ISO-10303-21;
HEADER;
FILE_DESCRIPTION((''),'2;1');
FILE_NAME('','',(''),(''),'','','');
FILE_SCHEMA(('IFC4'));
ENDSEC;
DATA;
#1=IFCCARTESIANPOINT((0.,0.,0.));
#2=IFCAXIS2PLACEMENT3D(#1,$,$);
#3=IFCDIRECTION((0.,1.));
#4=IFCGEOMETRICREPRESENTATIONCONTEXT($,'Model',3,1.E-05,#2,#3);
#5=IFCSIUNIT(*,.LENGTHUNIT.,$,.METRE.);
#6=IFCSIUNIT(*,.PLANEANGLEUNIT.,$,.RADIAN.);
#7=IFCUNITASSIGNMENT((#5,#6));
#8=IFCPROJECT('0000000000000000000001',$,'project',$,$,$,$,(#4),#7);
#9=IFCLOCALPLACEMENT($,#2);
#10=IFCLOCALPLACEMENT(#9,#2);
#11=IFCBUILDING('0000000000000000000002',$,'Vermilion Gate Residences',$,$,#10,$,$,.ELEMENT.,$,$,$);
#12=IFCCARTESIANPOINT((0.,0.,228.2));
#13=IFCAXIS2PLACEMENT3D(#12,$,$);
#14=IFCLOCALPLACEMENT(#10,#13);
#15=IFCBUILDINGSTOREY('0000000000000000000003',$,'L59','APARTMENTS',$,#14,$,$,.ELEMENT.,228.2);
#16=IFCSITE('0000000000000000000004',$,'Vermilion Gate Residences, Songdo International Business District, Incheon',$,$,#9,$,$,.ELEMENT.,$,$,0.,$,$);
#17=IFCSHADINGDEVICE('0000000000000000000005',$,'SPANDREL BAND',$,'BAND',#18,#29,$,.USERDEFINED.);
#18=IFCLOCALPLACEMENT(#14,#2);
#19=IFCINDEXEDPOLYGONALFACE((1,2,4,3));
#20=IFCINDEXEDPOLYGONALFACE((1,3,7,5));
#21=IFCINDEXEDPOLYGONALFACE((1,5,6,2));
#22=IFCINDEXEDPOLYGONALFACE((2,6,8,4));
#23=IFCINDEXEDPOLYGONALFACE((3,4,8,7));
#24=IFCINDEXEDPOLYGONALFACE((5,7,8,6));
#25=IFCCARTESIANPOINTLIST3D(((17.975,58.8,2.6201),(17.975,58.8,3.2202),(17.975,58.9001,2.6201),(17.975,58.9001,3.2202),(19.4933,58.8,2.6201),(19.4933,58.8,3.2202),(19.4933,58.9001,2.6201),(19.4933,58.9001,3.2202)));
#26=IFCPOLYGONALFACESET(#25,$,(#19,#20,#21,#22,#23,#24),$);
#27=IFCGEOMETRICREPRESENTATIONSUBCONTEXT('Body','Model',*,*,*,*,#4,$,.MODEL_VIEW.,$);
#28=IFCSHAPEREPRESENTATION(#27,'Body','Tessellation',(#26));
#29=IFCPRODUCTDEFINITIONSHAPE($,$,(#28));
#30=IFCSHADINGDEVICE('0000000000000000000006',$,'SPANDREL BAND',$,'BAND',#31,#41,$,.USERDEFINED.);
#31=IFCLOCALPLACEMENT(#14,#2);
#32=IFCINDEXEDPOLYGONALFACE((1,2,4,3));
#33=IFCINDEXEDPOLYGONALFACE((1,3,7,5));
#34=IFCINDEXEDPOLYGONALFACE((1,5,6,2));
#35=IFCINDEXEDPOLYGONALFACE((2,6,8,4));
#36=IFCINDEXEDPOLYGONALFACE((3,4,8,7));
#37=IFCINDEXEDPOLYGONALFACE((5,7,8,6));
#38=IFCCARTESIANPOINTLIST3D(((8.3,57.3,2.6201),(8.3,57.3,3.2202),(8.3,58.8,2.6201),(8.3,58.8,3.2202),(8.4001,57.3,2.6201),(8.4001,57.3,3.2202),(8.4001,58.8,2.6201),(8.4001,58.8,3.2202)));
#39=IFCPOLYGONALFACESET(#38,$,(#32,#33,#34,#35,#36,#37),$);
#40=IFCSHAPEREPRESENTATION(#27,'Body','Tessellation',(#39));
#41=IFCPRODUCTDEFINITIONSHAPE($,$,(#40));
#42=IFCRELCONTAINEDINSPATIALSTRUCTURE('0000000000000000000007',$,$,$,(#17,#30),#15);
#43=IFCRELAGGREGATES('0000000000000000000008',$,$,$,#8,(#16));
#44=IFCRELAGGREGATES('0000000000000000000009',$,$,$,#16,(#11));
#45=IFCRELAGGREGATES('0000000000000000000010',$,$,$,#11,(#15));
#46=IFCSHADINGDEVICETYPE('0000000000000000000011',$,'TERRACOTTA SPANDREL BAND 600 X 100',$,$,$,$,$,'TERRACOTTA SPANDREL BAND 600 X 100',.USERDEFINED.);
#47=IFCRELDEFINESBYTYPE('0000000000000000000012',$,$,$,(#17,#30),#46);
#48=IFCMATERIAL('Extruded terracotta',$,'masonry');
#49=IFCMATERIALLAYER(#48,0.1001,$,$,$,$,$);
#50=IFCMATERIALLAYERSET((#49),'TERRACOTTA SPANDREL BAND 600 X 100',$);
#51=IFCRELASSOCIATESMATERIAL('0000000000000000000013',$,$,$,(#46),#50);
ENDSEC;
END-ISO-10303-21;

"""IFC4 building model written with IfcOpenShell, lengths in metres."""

from ifc_helpers import new_model, si_unit, direction, frame, origin, origin_2d, place, context, subcontext, project, spatial, rectangle, extrude, material, layer, layer_set, type_object, element, save


model = new_model("IFC4")

# Units and contexts
model_context = context("Model", 3, precision=1e-05, world=origin(), true_north=direction((0.0, 1.0)))
body_context = subcontext(model_context, "Body", "Model", "MODEL_VIEW")
ifc_project = project(units=[si_unit("LENGTHUNIT", "METRE"), si_unit("PLANEANGLEUNIT", "RADIAN")], contexts=[model_context])

# Site, building, storey
site_placement = place(None, origin())
site = spatial("IfcSite", under=ifc_project, at=site_placement, Name="Vermilion Gate Residences, Songdo International Business District, Incheon", CompositionType="ELEMENT", RefElevation=0.0)
building_placement = place(site_placement, origin())
building = spatial("IfcBuilding", under=site, at=building_placement, Name="Vermilion Gate Residences", CompositionType="ELEMENT")
storey_placement = place(building_placement, frame((0.0, 0.0, 228.2)))
storey = spatial("IfcBuildingStorey", under=building, at=storey_placement, Name="L59", Description="APARTMENTS", CompositionType="ELEMENT", Elevation=228.2)

# Shading devices
ifc_material_1 = material(Name="Extruded terracotta", Category="masonry")
ifc_layer_1 = layer(ifc_material_1, 0.1001)
ifc_layer_set_1 = layer_set([ifc_layer_1], Name="TERRACOTTA SPANDREL BAND 600 X 100")
shading_device_type = type_object("IfcShadingDeviceType", Name="TERRACOTTA SPANDREL BAND 600 X 100", ElementType="TERRACOTTA SPANDREL BAND 600 X 100", PredefinedType="USERDEFINED", material=ifc_layer_set_1)
shading_device_1_placement = place(storey_placement, frame((18.7341, 58.8501, 2.6201), z_axis=(0.0, 0.0, 1.0), x_axis=(1.0, 0.0, 0.0)))
element("IfcShadingDevice", 1, at=shading_device_1_placement, inside=storey, type_object=shading_device_type, Name="SPANDREL BAND", ObjectType="BAND", PredefinedType="USERDEFINED", context=body_context, shape_type="SweptSolid", body=[
    extrude(rectangle(XDim=1.5183, YDim=0.1001, at=origin_2d()), origin(), (0.0, 0.0, 1.0), 0.6001),
])
shading_device_2_placement = place(storey_placement, frame((8.3501, 58.05, 2.6201), z_axis=(0.0, 0.0, 1.0), x_axis=(0.0, 1.0, 0.0)))
element("IfcShadingDevice", 2, at=shading_device_2_placement, inside=storey, type_object=shading_device_type, Name="SPANDREL BAND", ObjectType="BAND", PredefinedType="USERDEFINED", context=body_context, shape_type="SweptSolid", body=[
    extrude(rectangle(XDim=1.5, YDim=0.1001, at=origin_2d()), origin(), (0.0, 0.0, 1.0), 0.6001),
])

save(model, "model.ifc")
